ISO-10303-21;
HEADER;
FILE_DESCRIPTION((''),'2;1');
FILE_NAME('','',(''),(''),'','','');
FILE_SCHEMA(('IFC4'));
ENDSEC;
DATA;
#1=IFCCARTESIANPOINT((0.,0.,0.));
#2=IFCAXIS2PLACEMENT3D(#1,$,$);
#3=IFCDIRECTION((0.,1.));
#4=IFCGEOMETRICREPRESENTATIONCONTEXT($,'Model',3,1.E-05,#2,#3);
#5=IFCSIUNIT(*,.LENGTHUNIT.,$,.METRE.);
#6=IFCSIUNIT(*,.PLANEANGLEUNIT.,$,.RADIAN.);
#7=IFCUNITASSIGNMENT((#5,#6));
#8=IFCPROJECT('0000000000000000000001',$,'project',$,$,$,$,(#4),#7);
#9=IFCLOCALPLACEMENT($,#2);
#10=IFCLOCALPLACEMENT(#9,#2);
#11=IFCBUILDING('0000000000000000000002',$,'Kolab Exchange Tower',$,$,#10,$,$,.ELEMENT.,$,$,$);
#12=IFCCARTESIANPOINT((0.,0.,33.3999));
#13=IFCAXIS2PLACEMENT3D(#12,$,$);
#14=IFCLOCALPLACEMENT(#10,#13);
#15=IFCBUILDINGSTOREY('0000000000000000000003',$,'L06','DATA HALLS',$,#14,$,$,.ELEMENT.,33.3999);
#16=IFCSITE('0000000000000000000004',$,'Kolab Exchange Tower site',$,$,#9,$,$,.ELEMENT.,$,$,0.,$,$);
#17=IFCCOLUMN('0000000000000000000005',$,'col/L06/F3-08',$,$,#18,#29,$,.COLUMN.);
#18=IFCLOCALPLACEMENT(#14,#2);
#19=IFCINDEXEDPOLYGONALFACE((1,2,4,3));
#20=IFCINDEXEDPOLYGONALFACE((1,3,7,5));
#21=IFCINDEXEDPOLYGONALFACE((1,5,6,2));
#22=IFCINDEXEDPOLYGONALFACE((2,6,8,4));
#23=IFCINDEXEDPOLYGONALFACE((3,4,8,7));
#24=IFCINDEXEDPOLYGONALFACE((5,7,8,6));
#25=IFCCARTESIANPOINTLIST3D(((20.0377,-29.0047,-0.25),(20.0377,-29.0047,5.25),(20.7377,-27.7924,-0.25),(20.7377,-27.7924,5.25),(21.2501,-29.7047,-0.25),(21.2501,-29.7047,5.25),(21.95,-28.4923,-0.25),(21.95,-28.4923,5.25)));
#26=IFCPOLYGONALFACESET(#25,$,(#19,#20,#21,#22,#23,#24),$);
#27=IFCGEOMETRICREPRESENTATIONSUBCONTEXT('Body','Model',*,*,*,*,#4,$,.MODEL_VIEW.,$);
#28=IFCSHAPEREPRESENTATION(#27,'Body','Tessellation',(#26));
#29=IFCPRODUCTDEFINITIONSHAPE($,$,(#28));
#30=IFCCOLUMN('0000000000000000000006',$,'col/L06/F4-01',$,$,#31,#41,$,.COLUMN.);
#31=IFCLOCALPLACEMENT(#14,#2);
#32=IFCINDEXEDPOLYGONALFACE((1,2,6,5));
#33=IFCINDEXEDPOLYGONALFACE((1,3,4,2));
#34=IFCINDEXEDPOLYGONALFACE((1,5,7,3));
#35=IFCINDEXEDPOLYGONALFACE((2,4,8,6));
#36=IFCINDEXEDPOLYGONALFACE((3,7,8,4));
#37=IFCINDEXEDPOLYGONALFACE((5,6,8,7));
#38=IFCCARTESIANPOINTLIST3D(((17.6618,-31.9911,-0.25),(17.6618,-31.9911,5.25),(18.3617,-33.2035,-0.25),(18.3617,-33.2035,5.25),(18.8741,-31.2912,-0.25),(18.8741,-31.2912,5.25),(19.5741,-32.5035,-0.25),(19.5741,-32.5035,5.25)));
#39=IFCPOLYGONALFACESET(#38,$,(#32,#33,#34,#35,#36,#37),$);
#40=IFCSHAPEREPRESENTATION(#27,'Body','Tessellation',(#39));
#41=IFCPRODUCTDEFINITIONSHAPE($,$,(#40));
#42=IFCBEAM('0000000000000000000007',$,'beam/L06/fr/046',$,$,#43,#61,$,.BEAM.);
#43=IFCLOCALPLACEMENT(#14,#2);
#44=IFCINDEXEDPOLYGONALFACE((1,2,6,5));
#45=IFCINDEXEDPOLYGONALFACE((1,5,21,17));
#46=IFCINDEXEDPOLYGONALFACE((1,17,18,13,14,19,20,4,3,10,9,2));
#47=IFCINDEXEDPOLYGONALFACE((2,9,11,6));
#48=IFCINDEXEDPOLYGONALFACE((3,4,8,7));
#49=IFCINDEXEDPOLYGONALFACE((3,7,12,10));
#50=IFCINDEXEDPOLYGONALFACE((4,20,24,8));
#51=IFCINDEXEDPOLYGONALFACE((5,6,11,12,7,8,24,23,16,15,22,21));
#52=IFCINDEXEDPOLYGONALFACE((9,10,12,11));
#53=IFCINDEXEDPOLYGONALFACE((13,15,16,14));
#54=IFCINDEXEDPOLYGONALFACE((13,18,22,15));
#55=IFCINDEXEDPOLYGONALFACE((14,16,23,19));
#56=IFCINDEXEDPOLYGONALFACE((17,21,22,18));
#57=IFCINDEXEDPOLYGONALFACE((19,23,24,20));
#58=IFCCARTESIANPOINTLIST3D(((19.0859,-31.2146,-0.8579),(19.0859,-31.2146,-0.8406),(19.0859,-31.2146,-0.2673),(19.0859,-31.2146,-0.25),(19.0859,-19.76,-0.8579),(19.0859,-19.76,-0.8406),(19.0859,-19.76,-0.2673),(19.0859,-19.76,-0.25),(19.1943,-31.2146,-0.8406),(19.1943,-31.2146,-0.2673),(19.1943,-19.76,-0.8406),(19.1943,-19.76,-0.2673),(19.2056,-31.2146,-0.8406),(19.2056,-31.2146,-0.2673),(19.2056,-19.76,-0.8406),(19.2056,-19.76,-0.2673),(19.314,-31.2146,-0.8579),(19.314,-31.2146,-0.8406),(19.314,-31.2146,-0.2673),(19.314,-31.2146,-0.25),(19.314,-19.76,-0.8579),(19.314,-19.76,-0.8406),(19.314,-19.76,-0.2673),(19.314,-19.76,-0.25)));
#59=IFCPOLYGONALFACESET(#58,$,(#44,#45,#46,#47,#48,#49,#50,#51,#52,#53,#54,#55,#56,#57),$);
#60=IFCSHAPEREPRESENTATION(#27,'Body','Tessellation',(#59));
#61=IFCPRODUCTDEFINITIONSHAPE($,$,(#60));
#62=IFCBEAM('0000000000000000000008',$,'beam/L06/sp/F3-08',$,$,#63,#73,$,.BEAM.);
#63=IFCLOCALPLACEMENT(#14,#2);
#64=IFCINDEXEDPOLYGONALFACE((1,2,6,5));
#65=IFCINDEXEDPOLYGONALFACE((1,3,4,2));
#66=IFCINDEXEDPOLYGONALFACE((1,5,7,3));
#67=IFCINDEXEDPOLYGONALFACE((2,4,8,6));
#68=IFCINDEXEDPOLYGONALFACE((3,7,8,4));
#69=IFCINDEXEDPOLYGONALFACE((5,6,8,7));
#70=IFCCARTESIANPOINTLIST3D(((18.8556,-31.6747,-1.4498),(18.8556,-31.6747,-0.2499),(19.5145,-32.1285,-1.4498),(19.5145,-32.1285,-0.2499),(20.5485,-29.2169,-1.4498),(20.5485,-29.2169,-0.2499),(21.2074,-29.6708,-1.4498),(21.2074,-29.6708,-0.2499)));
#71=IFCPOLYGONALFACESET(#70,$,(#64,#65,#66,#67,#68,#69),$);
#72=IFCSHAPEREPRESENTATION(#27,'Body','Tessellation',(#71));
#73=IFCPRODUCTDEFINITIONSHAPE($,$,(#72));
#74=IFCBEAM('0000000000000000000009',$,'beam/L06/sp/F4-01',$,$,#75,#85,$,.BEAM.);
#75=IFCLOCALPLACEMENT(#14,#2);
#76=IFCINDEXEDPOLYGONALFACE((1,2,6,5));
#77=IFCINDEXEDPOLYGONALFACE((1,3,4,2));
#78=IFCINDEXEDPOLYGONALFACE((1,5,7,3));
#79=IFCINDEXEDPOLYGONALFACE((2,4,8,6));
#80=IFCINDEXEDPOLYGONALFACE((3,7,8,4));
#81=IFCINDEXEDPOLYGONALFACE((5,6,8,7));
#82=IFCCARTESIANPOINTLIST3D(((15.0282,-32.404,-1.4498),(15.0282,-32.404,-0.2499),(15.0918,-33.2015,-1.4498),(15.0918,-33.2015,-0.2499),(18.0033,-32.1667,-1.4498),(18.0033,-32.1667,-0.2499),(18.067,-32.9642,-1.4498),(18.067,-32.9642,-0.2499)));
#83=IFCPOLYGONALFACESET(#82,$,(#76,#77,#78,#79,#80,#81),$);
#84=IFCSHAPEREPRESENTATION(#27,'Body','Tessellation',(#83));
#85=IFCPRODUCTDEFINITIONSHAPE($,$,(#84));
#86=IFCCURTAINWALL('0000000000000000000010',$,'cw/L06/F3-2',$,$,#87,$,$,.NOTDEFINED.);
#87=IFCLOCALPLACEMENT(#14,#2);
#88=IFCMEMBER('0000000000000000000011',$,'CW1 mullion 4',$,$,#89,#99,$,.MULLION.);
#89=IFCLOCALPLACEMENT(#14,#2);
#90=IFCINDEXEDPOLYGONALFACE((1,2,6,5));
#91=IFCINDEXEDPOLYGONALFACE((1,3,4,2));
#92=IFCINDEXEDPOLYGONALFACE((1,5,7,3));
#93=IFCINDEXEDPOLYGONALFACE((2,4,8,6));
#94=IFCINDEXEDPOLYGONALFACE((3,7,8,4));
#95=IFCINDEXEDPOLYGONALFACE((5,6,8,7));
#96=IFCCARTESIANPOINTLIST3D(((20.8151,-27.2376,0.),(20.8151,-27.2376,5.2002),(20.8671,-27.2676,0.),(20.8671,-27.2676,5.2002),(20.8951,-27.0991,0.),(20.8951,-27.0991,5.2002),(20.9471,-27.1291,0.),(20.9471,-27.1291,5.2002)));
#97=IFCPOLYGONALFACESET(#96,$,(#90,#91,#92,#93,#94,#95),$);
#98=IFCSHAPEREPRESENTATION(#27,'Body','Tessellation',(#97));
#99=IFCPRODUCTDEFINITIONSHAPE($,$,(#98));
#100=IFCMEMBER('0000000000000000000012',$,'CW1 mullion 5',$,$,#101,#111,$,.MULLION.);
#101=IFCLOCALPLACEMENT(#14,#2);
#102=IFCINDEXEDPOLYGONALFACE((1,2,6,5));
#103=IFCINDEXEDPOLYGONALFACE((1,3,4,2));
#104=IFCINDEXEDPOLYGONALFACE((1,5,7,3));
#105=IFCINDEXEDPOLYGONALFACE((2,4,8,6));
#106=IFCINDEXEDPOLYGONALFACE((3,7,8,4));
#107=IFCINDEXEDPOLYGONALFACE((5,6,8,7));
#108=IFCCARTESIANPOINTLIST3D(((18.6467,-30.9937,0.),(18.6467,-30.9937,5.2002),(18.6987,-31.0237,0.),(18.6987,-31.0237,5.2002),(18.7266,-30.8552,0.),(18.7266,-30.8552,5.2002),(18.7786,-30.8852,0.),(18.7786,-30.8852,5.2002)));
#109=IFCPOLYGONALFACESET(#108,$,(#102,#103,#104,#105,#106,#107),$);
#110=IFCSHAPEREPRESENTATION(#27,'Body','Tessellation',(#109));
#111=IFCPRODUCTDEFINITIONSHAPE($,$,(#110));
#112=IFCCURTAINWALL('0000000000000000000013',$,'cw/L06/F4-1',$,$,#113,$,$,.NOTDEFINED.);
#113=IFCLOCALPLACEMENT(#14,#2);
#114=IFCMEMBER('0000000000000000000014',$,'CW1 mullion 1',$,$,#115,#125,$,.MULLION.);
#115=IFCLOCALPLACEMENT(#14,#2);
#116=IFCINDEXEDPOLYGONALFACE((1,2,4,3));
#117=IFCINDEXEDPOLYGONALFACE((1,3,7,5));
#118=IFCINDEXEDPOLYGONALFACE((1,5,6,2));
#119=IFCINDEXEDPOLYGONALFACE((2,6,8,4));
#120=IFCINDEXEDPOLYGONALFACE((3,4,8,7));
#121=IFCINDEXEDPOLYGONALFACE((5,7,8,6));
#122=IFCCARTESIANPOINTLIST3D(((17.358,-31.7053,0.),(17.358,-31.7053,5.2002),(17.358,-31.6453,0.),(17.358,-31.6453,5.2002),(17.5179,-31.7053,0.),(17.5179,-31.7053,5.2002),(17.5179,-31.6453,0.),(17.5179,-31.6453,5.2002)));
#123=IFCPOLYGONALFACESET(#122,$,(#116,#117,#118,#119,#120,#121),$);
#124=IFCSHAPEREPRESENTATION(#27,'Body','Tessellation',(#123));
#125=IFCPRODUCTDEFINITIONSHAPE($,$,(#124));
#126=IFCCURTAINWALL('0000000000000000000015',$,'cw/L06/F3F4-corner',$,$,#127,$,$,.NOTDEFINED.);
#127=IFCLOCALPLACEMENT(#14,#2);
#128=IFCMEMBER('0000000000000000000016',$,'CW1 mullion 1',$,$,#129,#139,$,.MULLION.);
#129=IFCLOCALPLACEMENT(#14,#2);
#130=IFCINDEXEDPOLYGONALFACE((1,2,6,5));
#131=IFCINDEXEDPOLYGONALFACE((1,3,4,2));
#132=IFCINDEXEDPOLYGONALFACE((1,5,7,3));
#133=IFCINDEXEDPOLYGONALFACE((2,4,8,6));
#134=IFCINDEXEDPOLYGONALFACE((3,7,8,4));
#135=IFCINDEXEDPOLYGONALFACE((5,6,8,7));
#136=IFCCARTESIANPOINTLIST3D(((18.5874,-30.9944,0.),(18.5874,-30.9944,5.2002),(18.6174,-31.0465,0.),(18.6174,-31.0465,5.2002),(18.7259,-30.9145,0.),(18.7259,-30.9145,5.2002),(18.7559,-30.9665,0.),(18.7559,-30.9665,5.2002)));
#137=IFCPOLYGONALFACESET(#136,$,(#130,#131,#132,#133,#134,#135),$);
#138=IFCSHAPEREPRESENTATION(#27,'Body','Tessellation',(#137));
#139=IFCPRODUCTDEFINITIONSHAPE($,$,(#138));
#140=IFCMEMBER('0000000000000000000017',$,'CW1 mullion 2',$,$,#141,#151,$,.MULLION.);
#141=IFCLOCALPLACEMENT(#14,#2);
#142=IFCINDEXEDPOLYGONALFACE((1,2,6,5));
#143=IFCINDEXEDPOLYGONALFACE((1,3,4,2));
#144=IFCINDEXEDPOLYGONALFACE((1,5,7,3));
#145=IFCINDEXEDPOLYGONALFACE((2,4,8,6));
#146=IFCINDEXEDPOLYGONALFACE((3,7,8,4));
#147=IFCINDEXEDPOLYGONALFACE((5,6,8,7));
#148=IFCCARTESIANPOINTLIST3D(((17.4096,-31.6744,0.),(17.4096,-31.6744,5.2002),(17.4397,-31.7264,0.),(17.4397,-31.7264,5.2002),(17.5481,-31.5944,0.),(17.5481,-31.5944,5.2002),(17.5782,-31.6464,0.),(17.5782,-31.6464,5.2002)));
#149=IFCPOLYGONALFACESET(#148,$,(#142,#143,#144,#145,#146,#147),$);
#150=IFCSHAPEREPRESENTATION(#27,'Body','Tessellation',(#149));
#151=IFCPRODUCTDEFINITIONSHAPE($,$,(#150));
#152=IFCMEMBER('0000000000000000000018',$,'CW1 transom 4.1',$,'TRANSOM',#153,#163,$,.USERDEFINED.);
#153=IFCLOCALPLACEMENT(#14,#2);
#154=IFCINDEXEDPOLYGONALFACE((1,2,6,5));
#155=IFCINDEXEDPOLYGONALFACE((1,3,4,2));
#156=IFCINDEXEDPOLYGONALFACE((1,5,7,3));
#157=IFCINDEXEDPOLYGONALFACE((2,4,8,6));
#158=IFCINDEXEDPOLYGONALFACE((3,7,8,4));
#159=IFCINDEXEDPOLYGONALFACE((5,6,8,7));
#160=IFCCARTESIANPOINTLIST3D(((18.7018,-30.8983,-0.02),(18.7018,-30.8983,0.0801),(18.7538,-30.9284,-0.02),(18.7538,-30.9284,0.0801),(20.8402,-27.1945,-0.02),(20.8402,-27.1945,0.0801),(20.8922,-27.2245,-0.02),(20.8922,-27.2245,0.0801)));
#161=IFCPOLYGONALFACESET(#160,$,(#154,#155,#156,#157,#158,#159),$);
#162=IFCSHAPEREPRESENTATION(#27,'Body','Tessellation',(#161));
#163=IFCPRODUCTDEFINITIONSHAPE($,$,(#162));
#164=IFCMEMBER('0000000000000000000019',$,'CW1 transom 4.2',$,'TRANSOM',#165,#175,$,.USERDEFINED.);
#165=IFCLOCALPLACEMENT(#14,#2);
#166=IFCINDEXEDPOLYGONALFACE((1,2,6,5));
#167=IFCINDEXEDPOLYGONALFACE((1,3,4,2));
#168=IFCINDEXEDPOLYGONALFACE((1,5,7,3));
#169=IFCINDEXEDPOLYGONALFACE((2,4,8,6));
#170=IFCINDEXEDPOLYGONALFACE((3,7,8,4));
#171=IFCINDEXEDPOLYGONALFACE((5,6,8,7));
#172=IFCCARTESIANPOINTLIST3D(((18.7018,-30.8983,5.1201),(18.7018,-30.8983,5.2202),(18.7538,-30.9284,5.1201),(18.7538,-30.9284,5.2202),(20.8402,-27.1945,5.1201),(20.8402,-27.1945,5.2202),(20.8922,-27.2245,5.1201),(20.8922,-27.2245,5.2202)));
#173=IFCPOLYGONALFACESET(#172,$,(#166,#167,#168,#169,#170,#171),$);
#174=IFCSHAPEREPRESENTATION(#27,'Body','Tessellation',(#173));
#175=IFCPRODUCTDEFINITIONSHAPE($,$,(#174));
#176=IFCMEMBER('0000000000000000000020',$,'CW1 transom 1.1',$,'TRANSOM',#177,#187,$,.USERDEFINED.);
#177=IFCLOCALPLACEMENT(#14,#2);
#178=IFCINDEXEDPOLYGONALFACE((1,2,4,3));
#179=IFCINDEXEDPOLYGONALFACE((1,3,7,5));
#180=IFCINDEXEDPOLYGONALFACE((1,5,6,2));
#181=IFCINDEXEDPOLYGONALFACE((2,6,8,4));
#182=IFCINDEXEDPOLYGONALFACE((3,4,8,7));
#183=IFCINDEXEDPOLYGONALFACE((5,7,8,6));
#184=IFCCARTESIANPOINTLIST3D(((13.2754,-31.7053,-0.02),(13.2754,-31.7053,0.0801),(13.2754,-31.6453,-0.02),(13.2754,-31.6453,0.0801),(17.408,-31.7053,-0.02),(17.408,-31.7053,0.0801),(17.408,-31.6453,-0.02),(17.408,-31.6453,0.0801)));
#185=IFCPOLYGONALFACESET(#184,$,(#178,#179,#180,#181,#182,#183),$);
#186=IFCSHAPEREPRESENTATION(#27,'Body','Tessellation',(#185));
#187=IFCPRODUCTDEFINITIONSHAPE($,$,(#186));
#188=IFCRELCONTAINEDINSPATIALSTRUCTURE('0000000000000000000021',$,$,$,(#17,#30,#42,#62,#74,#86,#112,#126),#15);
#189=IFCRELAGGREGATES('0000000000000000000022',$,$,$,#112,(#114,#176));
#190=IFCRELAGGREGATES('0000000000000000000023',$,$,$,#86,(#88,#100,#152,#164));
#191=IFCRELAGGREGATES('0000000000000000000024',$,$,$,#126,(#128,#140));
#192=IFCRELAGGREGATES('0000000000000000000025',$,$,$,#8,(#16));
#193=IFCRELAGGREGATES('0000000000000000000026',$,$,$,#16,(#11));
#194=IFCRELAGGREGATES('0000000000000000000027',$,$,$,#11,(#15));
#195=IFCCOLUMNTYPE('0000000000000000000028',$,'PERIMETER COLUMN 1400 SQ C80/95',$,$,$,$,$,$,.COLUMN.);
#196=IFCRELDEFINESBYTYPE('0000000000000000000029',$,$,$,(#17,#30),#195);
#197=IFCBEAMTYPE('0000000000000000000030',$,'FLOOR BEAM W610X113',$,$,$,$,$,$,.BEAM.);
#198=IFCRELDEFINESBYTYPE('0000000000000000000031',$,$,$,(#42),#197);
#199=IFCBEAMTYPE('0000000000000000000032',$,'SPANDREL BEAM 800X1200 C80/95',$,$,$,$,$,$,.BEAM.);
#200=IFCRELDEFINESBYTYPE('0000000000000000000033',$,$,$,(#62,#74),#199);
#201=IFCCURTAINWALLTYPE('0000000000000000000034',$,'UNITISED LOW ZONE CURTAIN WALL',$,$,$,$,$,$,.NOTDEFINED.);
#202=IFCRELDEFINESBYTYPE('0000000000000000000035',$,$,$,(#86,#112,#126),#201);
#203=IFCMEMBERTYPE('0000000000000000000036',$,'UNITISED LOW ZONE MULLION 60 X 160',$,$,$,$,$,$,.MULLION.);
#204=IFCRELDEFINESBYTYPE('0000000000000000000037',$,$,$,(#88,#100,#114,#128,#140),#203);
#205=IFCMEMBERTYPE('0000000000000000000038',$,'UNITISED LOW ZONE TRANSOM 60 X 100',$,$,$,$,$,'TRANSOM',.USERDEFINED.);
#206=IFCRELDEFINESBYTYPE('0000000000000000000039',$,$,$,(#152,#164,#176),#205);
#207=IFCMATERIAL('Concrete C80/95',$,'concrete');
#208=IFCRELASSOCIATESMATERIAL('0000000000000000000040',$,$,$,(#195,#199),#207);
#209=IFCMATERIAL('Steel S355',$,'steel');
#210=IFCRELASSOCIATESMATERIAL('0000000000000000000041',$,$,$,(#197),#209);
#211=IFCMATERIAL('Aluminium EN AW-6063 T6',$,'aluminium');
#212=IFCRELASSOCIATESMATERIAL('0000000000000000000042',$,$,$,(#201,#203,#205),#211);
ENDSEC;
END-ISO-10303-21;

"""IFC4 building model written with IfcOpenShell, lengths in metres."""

from ifc_helpers import new_model, si_unit, direction, frame, origin, origin_2d, place, context, subcontext, project, spatial, rectangle, i_section, extrude, material, material_profile, profile_set, type_object, element, aggregate, save


model = new_model("IFC4")

# Units and contexts
model_context = context("Model", 3, precision=1e-05, world=origin(), true_north=direction((0.0, 1.0)))
body_context = subcontext(model_context, "Body", "Model", "MODEL_VIEW")
ifc_project = project(units=[si_unit("LENGTHUNIT", "METRE"), si_unit("PLANEANGLEUNIT", "RADIAN")], contexts=[model_context])

# Site, building, storey
site_placement = place(None, origin())
site = spatial("IfcSite", under=ifc_project, at=site_placement, Name="Kolab Exchange Tower site", CompositionType="ELEMENT", RefElevation=0.0)
building_placement = place(site_placement, origin())
building = spatial("IfcBuilding", under=site, at=building_placement, Name="Kolab Exchange Tower", CompositionType="ELEMENT")
storey_placement = place(building_placement, frame((0.0, 0.0, 33.3999)))
storey = spatial("IfcBuildingStorey", under=building, at=storey_placement, Name="L06", Description="DATA HALLS", CompositionType="ELEMENT", Elevation=33.3999)

# Columns
ifc_material_1 = material(Name="Concrete C80/95", Category="concrete")
ifc_material_profile_1 = material_profile(ifc_material_1, rectangle(XDim=1.3999, YDim=1.3999, at=origin_2d()), Name="RC1400")
ifc_profile_set_1 = profile_set([ifc_material_profile_1], Name="Concrete C80/95")
column_type = type_object("IfcColumnType", Name="PERIMETER COLUMN 1400 SQ C80/95", PredefinedType="COLUMN", material=ifc_profile_set_1)
for number, where, z_axis, x_axis, name in (
    (1, (20.9939, -28.7485, -0.25), (0.0, 0.0, 1.0), (0.5, 0.866025, 0.0), "col/L06/F3-08"),
    (2, (18.6179, -32.2473, -0.25), (0.0, 0.0, 1.0), (0.866025, 0.5, 0.0), "col/L06/F4-01"),
):
    element("IfcColumn", number, at=place(storey_placement, frame(where, z_axis=z_axis, x_axis=x_axis)), inside=storey, type_object=column_type, Name=name, PredefinedType="COLUMN", context=body_context, shape_type="SweptSolid", body=[
        extrude(rectangle(XDim=1.3999, YDim=1.3999, at=origin_2d()), origin(), (0.0, 0.0, 1.0), 5.5),
    ])

# Beams
ifc_material_2 = material(Name="Steel S355", Category="steel")
ifc_material_profile_2 = material_profile(ifc_material_2, i_section(OverallWidth=0.228, OverallDepth=0.6079, WebThickness=0.0112, FlangeThickness=0.0173, at=origin_2d()), Name="W610X113")
ifc_profile_set_2 = profile_set([ifc_material_profile_2], Name="Steel S355")
beam_type_1 = type_object("IfcBeamType", Name="FLOOR BEAM W610X113", PredefinedType="BEAM", material=ifc_profile_set_2)
beam_1_placement = place(storey_placement, frame((19.2, -31.2146, -0.554), z_axis=(0.0, 1.0, 0.0), x_axis=(-1.0, 0.0, 0.0)))
element("IfcBeam", 3, at=beam_1_placement, inside=storey, type_object=beam_type_1, Name="beam/L06/fr/046", PredefinedType="BEAM", context=body_context, shape_type="SweptSolid", body=[
    extrude(i_section(OverallWidth=0.228, OverallDepth=0.6079, WebThickness=0.0112, FlangeThickness=0.0173, at=origin_2d()), origin(), (0.0, 0.0, 1.0), 11.4546),
])
ifc_material_profile_3 = material_profile(ifc_material_1, rectangle(XDim=0.8, YDim=1.2, at=origin_2d()), Name="RC800X1200")
ifc_profile_set_3 = profile_set([ifc_material_profile_3], Name="Concrete C80/95")
beam_type_2 = type_object("IfcBeamType", Name="SPANDREL BEAM 800X1200 C80/95", PredefinedType="BEAM", material=ifc_profile_set_3)
beam_2_placement = place(storey_placement, frame((20.8779, -29.4438, -0.8499), z_axis=(-0.567247, -0.823548, 0.0), x_axis=(0.823548, -0.567247, 0.0)))
element("IfcBeam", 4, at=beam_2_placement, inside=storey, type_object=beam_type_2, Name="beam/L06/sp/F3-08", PredefinedType="BEAM", context=body_context, shape_type="SweptSolid", body=[
    extrude(rectangle(XDim=0.8, YDim=1.2, at=origin_2d()), origin(), (0.0, 0.0, 1.0), 2.9844),
])
beam_3_placement = place(storey_placement, frame((18.0352, -32.5654, -0.8499), z_axis=(-0.996834, -0.079511, 0.0), x_axis=(0.079511, -0.996834, 0.0)))
element("IfcBeam", 5, at=beam_3_placement, inside=storey, type_object=beam_type_2, Name="beam/L06/sp/F4-01", PredefinedType="BEAM", context=body_context, shape_type="SweptSolid", body=[
    extrude(rectangle(XDim=0.8, YDim=1.2, at=origin_2d()), origin(), (0.0, 0.0, 1.0), 2.9846),
])

# Curtain wall, members
ifc_material_3 = material(Name="Aluminium EN AW-6063 T6", Category="aluminium")
curtain_wall_type = type_object("IfcCurtainWallType", Name="UNITISED LOW ZONE CURTAIN WALL", PredefinedType="NOTDEFINED", material=ifc_material_3)
curtain_wall_1_placement = place(storey_placement, origin())
curtain_wall_1 = element("IfcCurtainWall", 6, at=curtain_wall_1_placement, inside=storey, type_object=curtain_wall_type, Name="cw/L06/F3-2", PredefinedType="NOTDEFINED")
ifc_material_profile_4 = material_profile(ifc_material_3, rectangle(XDim=0.0601, YDim=0.1599, at=origin_2d()), Name="RECT 60X160")
ifc_profile_set_4 = profile_set([ifc_material_profile_4], Name="Aluminium EN AW-6063 T6")
member_type_1 = type_object("IfcMemberType", Name="UNITISED LOW ZONE MULLION 60 X 160", PredefinedType="MULLION", material=ifc_profile_set_4)
member_1_placement = place(storey_placement, frame((20.8811, -27.1833, 0.0), z_axis=(0.0, 0.0, 1.0), x_axis=(0.866025, -0.5, 0.0)))
member_1 = element("IfcMember", 7, at=member_1_placement, type_object=member_type_1, Name="CW1 mullion 4", PredefinedType="MULLION", context=body_context, shape_type="SweptSolid", body=[
    extrude(rectangle(XDim=0.0601, YDim=0.1599, at=origin_2d()), origin(), (0.0, 0.0, 1.0), 5.2002),
])
member_2_placement = place(storey_placement, frame((18.7126, -30.9395, 0.0), z_axis=(0.0, 0.0, 1.0), x_axis=(0.866025, -0.5, 0.0)))
member_2 = element("IfcMember", 8, at=member_2_placement, type_object=member_type_1, Name="CW1 mullion 5", PredefinedType="MULLION", context=body_context, shape_type="SweptSolid", body=[
    extrude(rectangle(XDim=0.0601, YDim=0.1599, at=origin_2d()), origin(), (0.0, 0.0, 1.0), 5.2002),
])

# Curtain wall, member
curtain_wall_2_placement = place(storey_placement, origin())
curtain_wall_2 = element("IfcCurtainWall", 9, at=curtain_wall_2_placement, inside=storey, type_object=curtain_wall_type, Name="cw/L06/F4-1", PredefinedType="NOTDEFINED")
member_3_placement = place(storey_placement, frame((17.438, -31.6753, 0.0), z_axis=(0.0, 0.0, 1.0), x_axis=(0.0, -1.0, 0.0)))
member_3 = element("IfcMember", 10, at=member_3_placement, type_object=member_type_1, Name="CW1 mullion 1", PredefinedType="MULLION", context=body_context, shape_type="SweptSolid", body=[
    extrude(rectangle(XDim=0.0601, YDim=0.1599, at=origin_2d()), origin(), (0.0, 0.0, 1.0), 5.2002),
])

# Curtain wall, members
curtain_wall_3_placement = place(storey_placement, origin())
curtain_wall_3 = element("IfcCurtainWall", 11, at=curtain_wall_3_placement, inside=storey, type_object=curtain_wall_type, Name="cw/L06/F3F4-corner", PredefinedType="NOTDEFINED")
member_4_placement = place(storey_placement, frame((18.6716, -30.9805, 0.0), z_axis=(0.0, 0.0, 1.0), x_axis=(0.5, -0.866025, 0.0)))
member_4 = element("IfcMember", 12, at=member_4_placement, type_object=member_type_1, Name="CW1 mullion 1", PredefinedType="MULLION", context=body_context, shape_type="SweptSolid", body=[
    extrude(rectangle(XDim=0.0601, YDim=0.1599, at=origin_2d()), origin(), (0.0, 0.0, 1.0), 5.2002),
])
member_5_placement = place(storey_placement, frame((17.4939, -31.6604, 0.0), z_axis=(0.0, 0.0, 1.0), x_axis=(0.5, -0.866025, 0.0)))
member_5 = element("IfcMember", 13, at=member_5_placement, type_object=member_type_1, Name="CW1 mullion 2", PredefinedType="MULLION", context=body_context, shape_type="SweptSolid", body=[
    extrude(rectangle(XDim=0.0601, YDim=0.1599, at=origin_2d()), origin(), (0.0, 0.0, 1.0), 5.2002),
])

# Members
ifc_material_profile_5 = material_profile(ifc_material_3, rectangle(XDim=0.0601, YDim=0.1001, at=origin_2d()), Name="RECT 60X100")
ifc_profile_set_5 = profile_set([ifc_material_profile_5], Name="Aluminium EN AW-6063 T6")
member_type_2 = type_object("IfcMemberType", Name="UNITISED LOW ZONE TRANSOM 60 X 100", ElementType="TRANSOM", PredefinedType="USERDEFINED", material=ifc_profile_set_5)
member_6_placement = place(storey_placement, frame((20.8662, -27.2095, 0.03), z_axis=(-0.500001, -0.866025, 0.0), x_axis=(0.866025, -0.500001, 0.0)))
member_6 = element("IfcMember", 14, at=member_6_placement, type_object=member_type_2, Name="CW1 transom 4.1", ObjectType="TRANSOM", PredefinedType="USERDEFINED", context=body_context, shape_type="SweptSolid", body=[
    extrude(rectangle(XDim=0.0601, YDim=0.1001, at=origin_2d()), origin(), (0.0, 0.0, 1.0), 4.2769),
])
member_7_placement = place(storey_placement, frame((20.8662, -27.2095, 5.1702), z_axis=(-0.500001, -0.866025, 0.0), x_axis=(0.866025, -0.500001, 0.0)))
member_7 = element("IfcMember", 15, at=member_7_placement, type_object=member_type_2, Name="CW1 transom 4.2", ObjectType="TRANSOM", PredefinedType="USERDEFINED", context=body_context, shape_type="SweptSolid", body=[
    extrude(rectangle(XDim=0.0601, YDim=0.1001, at=origin_2d()), origin(), (0.0, 0.0, 1.0), 4.2769),
])
member_8_placement = place(storey_placement, frame((17.408, -31.6753, 0.03), z_axis=(-1.0, 0.0, 0.0), x_axis=(0.0, -1.0, 0.0)))
member_8 = element("IfcMember", 16, at=member_8_placement, type_object=member_type_2, Name="CW1 transom 1.1", ObjectType="TRANSOM", PredefinedType="USERDEFINED", context=body_context, shape_type="SweptSolid", body=[
    extrude(rectangle(XDim=0.0601, YDim=0.1001, at=origin_2d()), origin(), (0.0, 0.0, 1.0), 4.1326),
])
aggregate(curtain_wall_2, [member_3, member_8])

aggregate(curtain_wall_1, [member_1, member_2, member_6, member_7])
aggregate(curtain_wall_3, [member_4, member_5])

save(model, "model.ifc")
